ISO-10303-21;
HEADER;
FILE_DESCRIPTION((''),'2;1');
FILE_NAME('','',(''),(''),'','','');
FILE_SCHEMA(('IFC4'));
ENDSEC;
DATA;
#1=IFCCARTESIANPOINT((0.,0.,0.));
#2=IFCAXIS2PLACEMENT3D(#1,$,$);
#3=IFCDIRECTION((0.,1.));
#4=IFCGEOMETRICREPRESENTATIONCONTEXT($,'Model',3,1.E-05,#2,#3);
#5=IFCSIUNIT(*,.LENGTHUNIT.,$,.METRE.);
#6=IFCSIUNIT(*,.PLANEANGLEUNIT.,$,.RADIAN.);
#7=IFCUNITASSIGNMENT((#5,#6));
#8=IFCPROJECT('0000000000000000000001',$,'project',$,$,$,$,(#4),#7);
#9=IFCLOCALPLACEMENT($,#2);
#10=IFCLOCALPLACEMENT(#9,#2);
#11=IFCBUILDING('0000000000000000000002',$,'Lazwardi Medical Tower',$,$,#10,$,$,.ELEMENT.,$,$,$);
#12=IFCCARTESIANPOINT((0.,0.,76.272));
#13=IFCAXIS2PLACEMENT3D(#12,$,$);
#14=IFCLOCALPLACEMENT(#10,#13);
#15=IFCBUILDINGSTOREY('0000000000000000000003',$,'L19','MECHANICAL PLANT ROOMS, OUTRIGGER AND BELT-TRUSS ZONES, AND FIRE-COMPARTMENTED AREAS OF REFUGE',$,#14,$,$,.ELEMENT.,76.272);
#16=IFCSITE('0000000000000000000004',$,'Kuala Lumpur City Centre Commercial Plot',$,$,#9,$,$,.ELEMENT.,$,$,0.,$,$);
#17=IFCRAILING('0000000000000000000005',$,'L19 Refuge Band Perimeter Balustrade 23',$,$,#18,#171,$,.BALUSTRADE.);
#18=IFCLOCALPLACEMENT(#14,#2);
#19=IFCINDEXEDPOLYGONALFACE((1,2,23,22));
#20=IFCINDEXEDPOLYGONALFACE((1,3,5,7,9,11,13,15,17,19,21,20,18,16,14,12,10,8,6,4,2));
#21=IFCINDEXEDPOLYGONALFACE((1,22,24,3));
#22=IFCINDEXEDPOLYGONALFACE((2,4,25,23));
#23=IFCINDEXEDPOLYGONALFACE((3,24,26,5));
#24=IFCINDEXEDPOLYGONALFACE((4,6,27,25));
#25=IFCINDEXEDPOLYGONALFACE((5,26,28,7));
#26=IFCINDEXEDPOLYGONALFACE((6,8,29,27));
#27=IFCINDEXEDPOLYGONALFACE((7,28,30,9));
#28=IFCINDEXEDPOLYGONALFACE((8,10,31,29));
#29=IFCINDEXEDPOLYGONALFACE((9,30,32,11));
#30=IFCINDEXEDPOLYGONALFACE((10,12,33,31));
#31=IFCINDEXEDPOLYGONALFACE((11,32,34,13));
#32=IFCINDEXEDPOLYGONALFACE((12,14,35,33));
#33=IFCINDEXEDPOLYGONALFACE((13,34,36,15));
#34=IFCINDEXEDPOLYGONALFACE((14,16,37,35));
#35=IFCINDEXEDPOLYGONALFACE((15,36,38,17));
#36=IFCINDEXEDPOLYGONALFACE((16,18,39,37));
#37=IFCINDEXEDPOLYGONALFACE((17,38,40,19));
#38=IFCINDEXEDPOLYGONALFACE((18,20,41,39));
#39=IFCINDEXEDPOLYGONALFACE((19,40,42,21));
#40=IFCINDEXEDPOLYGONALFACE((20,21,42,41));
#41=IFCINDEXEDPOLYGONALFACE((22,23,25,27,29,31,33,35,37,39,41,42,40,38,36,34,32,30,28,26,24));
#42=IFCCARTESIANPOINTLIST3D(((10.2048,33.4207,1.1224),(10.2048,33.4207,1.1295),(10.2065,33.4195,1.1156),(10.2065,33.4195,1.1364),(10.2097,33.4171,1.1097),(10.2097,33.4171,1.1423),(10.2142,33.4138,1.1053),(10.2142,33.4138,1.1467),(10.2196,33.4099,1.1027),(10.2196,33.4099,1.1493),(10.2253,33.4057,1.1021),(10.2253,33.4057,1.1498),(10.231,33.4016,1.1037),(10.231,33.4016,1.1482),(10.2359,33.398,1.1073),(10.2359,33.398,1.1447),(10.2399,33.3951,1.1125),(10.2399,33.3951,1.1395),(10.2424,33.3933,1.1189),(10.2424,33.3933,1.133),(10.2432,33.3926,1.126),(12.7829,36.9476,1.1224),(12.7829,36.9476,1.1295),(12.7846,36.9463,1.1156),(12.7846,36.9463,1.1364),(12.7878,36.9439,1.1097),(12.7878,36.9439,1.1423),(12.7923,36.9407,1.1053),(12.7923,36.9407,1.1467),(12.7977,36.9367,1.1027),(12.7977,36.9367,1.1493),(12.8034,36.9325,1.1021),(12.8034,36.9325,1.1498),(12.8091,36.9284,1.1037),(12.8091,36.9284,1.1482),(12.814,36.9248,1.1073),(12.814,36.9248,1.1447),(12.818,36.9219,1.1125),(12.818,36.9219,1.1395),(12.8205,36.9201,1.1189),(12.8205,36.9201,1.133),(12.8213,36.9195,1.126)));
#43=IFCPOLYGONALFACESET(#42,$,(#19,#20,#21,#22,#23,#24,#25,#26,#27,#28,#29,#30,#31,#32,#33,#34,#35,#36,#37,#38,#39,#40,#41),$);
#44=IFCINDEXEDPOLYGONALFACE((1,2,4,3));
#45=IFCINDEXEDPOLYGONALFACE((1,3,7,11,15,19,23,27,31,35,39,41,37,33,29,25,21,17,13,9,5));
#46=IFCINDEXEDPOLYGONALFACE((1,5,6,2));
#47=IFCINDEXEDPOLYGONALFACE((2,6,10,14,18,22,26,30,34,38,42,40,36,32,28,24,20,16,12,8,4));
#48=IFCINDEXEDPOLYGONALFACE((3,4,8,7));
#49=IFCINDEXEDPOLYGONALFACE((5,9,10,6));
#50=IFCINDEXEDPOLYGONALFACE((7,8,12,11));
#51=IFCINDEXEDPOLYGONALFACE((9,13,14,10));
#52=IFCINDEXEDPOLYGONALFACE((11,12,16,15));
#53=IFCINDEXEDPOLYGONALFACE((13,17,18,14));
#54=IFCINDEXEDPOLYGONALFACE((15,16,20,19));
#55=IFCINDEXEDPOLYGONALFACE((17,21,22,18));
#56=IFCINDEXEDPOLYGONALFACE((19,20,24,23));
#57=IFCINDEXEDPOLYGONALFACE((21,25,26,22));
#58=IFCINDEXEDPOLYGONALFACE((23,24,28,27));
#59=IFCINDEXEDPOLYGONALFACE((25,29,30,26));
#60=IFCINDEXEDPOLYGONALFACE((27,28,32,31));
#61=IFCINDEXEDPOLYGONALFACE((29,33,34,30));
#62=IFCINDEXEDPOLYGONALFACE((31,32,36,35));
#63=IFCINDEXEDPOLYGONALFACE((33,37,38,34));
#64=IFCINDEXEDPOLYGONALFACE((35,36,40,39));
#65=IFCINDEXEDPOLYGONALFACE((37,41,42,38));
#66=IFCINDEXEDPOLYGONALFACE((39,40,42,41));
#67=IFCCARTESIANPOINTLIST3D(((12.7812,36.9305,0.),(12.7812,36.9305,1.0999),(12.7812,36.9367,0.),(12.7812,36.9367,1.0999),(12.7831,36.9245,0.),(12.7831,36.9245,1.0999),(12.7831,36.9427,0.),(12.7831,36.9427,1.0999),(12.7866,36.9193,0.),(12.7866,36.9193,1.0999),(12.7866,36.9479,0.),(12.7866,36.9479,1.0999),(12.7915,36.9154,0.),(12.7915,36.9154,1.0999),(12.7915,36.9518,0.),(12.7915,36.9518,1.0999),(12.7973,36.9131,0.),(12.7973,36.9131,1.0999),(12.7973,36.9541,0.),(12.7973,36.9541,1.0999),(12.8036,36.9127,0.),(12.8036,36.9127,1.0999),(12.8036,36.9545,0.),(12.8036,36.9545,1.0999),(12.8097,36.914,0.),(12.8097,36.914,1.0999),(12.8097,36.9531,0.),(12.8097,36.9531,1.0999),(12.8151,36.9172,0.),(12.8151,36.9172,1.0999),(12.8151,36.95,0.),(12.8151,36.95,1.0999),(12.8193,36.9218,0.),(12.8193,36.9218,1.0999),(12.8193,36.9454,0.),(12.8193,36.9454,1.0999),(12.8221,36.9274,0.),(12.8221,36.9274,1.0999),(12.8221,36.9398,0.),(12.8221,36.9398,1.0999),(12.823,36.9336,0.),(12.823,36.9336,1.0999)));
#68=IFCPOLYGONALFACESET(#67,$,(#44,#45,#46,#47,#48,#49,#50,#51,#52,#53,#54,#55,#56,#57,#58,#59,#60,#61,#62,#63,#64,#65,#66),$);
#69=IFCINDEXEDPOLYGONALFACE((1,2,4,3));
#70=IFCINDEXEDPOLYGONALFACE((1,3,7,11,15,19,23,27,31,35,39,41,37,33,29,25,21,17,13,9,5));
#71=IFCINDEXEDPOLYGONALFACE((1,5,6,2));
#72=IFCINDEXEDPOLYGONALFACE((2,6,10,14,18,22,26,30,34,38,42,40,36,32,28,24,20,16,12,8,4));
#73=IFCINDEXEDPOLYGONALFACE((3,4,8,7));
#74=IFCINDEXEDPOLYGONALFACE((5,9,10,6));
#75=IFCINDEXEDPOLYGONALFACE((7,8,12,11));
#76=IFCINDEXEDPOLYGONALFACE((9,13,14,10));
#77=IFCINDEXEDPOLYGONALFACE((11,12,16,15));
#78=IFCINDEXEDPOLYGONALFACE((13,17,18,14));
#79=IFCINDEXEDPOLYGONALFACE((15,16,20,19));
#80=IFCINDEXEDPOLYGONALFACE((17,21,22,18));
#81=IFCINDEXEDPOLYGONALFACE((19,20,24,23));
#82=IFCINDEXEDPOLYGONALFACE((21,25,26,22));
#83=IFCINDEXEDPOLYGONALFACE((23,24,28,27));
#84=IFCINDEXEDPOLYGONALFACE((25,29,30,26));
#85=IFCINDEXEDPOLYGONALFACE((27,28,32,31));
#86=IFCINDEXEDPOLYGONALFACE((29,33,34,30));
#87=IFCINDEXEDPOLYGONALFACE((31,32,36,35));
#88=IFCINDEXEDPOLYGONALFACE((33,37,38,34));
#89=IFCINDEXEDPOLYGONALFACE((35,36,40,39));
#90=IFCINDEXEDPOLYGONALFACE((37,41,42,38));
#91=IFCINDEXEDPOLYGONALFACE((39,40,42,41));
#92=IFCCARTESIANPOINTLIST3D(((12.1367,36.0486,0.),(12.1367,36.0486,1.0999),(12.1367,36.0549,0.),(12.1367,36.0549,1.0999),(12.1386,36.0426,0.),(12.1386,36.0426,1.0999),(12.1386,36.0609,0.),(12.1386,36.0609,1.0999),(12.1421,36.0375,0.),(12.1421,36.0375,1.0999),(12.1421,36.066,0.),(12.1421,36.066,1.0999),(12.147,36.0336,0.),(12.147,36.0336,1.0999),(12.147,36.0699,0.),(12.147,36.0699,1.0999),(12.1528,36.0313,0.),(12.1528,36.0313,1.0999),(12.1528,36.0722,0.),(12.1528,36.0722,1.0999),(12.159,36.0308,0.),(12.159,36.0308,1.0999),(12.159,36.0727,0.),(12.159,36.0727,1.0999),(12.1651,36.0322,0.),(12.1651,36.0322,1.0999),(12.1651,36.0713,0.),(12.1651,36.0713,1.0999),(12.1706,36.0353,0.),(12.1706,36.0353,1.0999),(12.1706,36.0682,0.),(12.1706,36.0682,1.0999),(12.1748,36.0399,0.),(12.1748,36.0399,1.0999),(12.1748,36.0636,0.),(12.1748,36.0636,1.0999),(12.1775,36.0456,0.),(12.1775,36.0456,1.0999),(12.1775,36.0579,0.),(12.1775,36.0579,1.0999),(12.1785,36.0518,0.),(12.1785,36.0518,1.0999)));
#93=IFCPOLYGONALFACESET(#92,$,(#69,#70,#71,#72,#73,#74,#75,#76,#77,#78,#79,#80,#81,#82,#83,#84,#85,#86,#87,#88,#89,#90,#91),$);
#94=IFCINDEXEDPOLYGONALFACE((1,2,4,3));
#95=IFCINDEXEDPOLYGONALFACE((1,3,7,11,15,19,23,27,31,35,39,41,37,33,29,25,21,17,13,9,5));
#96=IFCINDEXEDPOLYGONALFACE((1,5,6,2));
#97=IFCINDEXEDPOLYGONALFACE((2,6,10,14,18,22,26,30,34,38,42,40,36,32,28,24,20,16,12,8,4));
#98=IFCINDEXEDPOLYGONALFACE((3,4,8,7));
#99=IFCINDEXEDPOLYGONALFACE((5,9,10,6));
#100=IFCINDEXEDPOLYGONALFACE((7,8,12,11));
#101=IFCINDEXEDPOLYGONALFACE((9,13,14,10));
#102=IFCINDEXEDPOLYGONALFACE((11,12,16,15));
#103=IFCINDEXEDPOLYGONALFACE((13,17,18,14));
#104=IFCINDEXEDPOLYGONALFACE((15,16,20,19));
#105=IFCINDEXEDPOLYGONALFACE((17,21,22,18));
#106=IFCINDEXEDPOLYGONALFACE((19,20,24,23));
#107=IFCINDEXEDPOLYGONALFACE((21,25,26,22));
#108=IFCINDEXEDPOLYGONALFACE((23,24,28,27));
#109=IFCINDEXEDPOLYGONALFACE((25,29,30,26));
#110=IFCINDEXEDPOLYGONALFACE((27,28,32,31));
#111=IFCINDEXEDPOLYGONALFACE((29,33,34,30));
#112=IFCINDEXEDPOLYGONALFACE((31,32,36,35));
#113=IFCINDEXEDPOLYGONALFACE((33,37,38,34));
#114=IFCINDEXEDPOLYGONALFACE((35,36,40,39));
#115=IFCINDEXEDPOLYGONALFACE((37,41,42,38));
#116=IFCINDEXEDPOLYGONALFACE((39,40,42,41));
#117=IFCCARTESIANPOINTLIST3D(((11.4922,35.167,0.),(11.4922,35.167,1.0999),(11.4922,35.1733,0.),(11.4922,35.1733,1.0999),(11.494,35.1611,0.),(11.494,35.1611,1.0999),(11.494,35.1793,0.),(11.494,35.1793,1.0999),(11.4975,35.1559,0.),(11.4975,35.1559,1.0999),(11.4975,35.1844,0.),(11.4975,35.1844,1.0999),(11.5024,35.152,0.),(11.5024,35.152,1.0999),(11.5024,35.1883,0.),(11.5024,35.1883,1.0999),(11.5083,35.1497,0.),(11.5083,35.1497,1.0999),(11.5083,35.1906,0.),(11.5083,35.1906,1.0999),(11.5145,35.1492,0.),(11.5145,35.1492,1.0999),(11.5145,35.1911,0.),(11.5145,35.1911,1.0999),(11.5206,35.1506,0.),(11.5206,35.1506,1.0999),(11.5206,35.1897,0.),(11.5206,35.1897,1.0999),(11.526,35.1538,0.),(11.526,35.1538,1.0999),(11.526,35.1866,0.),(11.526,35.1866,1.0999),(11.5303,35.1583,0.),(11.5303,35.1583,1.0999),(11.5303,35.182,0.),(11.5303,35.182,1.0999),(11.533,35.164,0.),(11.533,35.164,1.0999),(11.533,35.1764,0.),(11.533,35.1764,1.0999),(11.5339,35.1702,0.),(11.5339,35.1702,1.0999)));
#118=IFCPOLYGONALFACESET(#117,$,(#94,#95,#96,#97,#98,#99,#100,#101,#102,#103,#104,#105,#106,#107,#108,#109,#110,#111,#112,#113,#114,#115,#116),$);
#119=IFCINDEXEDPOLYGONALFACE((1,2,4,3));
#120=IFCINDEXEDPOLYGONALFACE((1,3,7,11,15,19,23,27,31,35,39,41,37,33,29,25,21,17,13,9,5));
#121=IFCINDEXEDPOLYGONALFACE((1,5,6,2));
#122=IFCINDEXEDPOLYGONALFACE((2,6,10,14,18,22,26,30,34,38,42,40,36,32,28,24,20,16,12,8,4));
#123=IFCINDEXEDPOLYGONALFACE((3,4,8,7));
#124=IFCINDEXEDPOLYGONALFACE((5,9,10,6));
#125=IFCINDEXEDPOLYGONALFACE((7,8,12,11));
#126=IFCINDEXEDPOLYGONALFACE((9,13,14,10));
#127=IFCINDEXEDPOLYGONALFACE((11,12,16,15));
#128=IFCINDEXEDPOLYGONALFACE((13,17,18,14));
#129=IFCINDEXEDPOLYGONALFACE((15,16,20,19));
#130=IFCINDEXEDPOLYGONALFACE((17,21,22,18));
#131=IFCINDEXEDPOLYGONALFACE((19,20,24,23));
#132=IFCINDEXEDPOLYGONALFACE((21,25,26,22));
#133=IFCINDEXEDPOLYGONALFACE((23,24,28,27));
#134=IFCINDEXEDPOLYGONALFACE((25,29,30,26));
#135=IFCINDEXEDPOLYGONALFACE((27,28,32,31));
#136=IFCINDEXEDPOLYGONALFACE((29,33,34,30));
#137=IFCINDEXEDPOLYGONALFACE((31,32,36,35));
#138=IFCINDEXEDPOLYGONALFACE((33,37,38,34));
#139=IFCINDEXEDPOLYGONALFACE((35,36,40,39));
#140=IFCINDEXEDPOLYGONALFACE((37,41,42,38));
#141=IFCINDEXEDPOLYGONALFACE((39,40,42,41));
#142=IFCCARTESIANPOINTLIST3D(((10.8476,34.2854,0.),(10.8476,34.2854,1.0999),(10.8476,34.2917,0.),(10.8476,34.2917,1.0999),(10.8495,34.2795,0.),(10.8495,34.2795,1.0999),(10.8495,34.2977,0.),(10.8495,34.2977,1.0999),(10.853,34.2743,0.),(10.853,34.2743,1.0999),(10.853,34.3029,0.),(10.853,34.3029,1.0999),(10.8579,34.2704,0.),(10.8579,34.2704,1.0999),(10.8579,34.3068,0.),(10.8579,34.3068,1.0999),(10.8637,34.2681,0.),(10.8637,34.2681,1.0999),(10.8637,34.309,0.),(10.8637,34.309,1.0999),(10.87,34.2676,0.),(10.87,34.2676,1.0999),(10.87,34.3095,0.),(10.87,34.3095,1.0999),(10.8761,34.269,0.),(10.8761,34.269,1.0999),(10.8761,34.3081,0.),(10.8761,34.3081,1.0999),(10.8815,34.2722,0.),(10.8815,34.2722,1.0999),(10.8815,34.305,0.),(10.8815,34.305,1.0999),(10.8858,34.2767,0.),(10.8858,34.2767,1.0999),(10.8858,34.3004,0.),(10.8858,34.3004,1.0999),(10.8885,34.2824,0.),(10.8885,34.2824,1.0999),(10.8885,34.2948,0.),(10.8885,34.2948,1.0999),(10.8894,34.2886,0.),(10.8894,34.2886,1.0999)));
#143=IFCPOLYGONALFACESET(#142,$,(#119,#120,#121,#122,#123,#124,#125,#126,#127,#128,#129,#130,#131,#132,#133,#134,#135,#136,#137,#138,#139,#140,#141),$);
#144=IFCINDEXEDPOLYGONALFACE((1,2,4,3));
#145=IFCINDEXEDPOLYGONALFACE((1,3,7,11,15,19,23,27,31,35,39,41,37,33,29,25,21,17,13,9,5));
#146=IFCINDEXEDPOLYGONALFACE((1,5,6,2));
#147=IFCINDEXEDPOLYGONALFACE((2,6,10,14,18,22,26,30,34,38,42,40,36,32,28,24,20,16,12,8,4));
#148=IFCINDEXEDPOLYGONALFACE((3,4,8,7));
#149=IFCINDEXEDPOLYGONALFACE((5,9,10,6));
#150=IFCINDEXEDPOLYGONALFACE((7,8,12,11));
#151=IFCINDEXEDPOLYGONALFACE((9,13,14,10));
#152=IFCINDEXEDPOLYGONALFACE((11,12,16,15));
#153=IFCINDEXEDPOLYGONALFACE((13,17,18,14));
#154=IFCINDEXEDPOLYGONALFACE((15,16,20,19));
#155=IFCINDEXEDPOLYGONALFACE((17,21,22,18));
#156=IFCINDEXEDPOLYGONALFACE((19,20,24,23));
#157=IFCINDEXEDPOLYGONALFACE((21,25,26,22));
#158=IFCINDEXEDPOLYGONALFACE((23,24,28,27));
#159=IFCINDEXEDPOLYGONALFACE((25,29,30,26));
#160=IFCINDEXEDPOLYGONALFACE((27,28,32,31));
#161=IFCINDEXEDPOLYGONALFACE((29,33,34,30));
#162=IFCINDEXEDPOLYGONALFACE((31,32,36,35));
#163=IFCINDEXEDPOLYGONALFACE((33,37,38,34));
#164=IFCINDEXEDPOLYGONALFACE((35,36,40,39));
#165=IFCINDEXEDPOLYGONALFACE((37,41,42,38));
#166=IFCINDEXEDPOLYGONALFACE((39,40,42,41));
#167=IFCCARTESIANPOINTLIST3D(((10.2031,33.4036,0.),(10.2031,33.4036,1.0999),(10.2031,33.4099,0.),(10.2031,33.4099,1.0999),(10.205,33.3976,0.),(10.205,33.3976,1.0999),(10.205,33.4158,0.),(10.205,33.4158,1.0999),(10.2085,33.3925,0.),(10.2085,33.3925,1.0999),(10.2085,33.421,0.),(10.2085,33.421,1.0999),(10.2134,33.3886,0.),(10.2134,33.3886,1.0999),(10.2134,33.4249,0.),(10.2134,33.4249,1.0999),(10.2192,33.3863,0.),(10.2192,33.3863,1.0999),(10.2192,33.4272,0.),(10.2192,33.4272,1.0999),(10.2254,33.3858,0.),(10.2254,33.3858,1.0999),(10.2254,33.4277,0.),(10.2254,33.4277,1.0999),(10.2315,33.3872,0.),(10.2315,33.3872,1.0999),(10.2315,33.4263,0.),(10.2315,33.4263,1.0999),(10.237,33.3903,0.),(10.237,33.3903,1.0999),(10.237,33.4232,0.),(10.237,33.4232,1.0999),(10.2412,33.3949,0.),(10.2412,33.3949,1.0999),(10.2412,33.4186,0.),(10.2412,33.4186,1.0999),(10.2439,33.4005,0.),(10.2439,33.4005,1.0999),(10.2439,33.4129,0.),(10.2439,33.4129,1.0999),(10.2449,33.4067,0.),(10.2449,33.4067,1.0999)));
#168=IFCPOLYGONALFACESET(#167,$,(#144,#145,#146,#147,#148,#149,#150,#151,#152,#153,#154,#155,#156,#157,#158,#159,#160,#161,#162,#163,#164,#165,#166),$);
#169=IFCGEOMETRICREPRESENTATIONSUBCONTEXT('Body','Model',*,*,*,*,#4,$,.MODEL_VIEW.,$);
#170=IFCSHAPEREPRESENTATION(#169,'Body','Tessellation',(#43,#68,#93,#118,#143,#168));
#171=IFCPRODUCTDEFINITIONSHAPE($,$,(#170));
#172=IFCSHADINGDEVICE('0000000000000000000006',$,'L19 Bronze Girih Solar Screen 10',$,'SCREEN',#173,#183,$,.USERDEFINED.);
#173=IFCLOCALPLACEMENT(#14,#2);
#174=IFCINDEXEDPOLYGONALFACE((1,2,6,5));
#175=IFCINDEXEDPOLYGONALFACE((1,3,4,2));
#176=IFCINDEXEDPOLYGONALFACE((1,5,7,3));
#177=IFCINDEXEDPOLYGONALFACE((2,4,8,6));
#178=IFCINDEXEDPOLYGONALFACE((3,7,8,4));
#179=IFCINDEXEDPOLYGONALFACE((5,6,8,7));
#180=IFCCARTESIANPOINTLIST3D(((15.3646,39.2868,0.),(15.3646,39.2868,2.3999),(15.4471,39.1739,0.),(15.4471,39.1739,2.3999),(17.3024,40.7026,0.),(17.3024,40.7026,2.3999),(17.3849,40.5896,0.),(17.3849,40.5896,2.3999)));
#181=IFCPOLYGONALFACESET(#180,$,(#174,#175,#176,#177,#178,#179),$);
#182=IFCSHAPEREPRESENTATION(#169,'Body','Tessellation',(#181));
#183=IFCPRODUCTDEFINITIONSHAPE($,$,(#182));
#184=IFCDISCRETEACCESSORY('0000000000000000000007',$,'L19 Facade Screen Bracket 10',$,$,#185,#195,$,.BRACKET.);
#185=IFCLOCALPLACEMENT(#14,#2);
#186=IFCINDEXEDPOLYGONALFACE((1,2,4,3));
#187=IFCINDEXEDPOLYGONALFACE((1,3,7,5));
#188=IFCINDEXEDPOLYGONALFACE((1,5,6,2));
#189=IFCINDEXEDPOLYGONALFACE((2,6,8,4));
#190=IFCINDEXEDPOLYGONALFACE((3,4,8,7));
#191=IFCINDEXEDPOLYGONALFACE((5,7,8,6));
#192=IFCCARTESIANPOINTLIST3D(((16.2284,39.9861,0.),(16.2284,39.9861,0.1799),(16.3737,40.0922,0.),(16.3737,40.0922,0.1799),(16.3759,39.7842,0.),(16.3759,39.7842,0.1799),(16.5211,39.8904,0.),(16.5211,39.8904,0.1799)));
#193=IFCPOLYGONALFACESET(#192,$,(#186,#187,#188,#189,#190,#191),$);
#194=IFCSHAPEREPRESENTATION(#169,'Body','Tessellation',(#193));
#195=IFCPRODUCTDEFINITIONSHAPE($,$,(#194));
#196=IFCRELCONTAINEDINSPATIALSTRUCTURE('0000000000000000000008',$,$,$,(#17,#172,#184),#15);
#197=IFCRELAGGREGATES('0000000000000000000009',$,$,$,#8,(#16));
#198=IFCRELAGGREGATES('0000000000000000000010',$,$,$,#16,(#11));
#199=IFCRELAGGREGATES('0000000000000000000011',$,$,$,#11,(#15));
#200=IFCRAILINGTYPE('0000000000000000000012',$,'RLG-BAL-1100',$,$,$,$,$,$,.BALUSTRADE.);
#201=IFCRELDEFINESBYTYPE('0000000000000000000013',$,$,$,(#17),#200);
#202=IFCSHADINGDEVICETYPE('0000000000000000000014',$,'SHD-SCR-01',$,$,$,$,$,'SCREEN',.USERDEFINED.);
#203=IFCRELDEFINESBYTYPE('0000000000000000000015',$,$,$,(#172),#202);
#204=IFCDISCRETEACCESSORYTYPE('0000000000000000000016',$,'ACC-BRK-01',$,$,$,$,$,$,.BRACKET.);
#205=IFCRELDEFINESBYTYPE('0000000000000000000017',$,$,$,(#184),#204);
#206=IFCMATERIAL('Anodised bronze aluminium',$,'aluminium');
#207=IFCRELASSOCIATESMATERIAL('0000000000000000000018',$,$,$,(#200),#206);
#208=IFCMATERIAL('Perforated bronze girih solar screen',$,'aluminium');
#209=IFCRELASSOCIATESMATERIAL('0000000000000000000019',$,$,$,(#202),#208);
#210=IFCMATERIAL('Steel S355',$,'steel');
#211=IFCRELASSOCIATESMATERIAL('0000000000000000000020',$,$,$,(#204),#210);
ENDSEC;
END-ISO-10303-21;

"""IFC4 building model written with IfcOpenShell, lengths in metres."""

from ifc_helpers import new_model, si_unit, direction, frame, origin, origin_2d, place, context, subcontext, project, spatial, rectangle, circle, extrude, material, type_object, element, save


model = new_model("IFC4")

# Units and contexts
model_context = context("Model", 3, precision=1e-05, world=origin(), true_north=direction((0.0, 1.0)))
body_context = subcontext(model_context, "Body", "Model", "MODEL_VIEW")
ifc_project = project(units=[si_unit("LENGTHUNIT", "METRE"), si_unit("PLANEANGLEUNIT", "RADIAN")], contexts=[model_context])

# Site, building, storey
site_placement = place(None, origin())
site = spatial("IfcSite", under=ifc_project, at=site_placement, Name="Kuala Lumpur City Centre Commercial Plot", CompositionType="ELEMENT", RefElevation=0.0)
building_placement = place(site_placement, origin())
building = spatial("IfcBuilding", under=site, at=building_placement, Name="Lazwardi Medical Tower", CompositionType="ELEMENT")
storey_placement = place(building_placement, frame((0.0, 0.0, 76.272)))
storey = spatial("IfcBuildingStorey", under=building, at=storey_placement, Name="L19", Description="MECHANICAL PLANT ROOMS, OUTRIGGER AND BELT-TRUSS ZONES, AND FIRE-COMPARTMENTED AREAS OF REFUGE", CompositionType="ELEMENT", Elevation=76.272)

# Shared definitions
ifc_material_1 = material(Name="Steel S355", Category="steel")

# Railing
ifc_material_2 = material(Name="Anodised bronze aluminium", Category="aluminium")
railing_type = type_object("IfcRailingType", Name="RLG-BAL-1100", PredefinedType="BALUSTRADE", material=ifc_material_2)
railing_1_placement = place(storey_placement, frame((12.802, 36.9336, 0.0)))
element("IfcRailing", 1, at=railing_1_placement, inside=storey, type_object=railing_type, Name="L19 Refuge Band Perimeter Balustrade 23", PredefinedType="BALUSTRADE", context=body_context, shape_type="SweptSolid", body=[
    extrude(circle(Radius=0.0239, at=origin_2d()), frame((0.0, 0.0, 1.126), z_axis=(-0.590137, -0.807303, 0.0), x_axis=(0.807303, -0.590137, 0.0)), (0.0, 0.0, 1.0), 4.3687),
    extrude(circle(Radius=0.021, at=origin_2d()), origin(), (0.0, 0.0, 1.0), 1.0999),
    extrude(circle(Radius=0.021, at=origin_2d()), frame((-0.6445, -0.8818, 0.0)), (0.0, 0.0, 1.0), 1.0999),
    extrude(circle(Radius=0.021, at=origin_2d()), frame((-1.2891, -1.7634, 0.0)), (0.0, 0.0, 1.0), 1.0999),
    extrude(circle(Radius=0.021, at=origin_2d()), frame((-1.9336, -2.645, 0.0)), (0.0, 0.0, 1.0), 1.0999),
    extrude(circle(Radius=0.021, at=origin_2d()), frame((-2.5781, -3.5269, 0.0)), (0.0, 0.0, 1.0), 1.0999),
])

# Shading device
ifc_material_3 = material(Name="Perforated bronze girih solar screen", Category="aluminium")
shading_device_type = type_object("IfcShadingDeviceType", Name="SHD-SCR-01", ElementType="SCREEN", PredefinedType="USERDEFINED", material=ifc_material_3)
shading_device_placement = place(storey_placement, frame((16.3748, 39.9382, 0.0), z_axis=(0.0, 0.0, 1.0), x_axis=(-0.807456, -0.589928, 0.0)))
element("IfcShadingDevice", 2, at=shading_device_placement, inside=storey, type_object=shading_device_type, Name="L19 Bronze Girih Solar Screen 10", ObjectType="SCREEN", PredefinedType="USERDEFINED", context=body_context, shape_type="SweptSolid", body=[
    extrude(rectangle(XDim=2.3999, YDim=0.1399, at=origin_2d()), origin(), (0.0, 0.0, 1.0), 2.3999),
])

# Discrete accessory
discrete_accessory_type = type_object("IfcDiscreteAccessoryType", Name="ACC-BRK-01", PredefinedType="BRACKET", material=ifc_material_1)
discrete_accessory_placement = place(storey_placement, frame((16.3748, 39.9382, 0.0), z_axis=(0.0, 0.0, 1.0), x_axis=(-0.807456, -0.589928, 0.0)))
element("IfcDiscreteAccessory", 3, at=discrete_accessory_placement, inside=storey, type_object=discrete_accessory_type, Name="L19 Facade Screen Bracket 10", PredefinedType="BRACKET", context=body_context, shape_type="SweptSolid", body=[
    extrude(rectangle(XDim=0.1799, YDim=0.25, at=origin_2d()), origin(), (0.0, 0.0, 1.0), 0.1799),
])

save(model, "model.ifc")
